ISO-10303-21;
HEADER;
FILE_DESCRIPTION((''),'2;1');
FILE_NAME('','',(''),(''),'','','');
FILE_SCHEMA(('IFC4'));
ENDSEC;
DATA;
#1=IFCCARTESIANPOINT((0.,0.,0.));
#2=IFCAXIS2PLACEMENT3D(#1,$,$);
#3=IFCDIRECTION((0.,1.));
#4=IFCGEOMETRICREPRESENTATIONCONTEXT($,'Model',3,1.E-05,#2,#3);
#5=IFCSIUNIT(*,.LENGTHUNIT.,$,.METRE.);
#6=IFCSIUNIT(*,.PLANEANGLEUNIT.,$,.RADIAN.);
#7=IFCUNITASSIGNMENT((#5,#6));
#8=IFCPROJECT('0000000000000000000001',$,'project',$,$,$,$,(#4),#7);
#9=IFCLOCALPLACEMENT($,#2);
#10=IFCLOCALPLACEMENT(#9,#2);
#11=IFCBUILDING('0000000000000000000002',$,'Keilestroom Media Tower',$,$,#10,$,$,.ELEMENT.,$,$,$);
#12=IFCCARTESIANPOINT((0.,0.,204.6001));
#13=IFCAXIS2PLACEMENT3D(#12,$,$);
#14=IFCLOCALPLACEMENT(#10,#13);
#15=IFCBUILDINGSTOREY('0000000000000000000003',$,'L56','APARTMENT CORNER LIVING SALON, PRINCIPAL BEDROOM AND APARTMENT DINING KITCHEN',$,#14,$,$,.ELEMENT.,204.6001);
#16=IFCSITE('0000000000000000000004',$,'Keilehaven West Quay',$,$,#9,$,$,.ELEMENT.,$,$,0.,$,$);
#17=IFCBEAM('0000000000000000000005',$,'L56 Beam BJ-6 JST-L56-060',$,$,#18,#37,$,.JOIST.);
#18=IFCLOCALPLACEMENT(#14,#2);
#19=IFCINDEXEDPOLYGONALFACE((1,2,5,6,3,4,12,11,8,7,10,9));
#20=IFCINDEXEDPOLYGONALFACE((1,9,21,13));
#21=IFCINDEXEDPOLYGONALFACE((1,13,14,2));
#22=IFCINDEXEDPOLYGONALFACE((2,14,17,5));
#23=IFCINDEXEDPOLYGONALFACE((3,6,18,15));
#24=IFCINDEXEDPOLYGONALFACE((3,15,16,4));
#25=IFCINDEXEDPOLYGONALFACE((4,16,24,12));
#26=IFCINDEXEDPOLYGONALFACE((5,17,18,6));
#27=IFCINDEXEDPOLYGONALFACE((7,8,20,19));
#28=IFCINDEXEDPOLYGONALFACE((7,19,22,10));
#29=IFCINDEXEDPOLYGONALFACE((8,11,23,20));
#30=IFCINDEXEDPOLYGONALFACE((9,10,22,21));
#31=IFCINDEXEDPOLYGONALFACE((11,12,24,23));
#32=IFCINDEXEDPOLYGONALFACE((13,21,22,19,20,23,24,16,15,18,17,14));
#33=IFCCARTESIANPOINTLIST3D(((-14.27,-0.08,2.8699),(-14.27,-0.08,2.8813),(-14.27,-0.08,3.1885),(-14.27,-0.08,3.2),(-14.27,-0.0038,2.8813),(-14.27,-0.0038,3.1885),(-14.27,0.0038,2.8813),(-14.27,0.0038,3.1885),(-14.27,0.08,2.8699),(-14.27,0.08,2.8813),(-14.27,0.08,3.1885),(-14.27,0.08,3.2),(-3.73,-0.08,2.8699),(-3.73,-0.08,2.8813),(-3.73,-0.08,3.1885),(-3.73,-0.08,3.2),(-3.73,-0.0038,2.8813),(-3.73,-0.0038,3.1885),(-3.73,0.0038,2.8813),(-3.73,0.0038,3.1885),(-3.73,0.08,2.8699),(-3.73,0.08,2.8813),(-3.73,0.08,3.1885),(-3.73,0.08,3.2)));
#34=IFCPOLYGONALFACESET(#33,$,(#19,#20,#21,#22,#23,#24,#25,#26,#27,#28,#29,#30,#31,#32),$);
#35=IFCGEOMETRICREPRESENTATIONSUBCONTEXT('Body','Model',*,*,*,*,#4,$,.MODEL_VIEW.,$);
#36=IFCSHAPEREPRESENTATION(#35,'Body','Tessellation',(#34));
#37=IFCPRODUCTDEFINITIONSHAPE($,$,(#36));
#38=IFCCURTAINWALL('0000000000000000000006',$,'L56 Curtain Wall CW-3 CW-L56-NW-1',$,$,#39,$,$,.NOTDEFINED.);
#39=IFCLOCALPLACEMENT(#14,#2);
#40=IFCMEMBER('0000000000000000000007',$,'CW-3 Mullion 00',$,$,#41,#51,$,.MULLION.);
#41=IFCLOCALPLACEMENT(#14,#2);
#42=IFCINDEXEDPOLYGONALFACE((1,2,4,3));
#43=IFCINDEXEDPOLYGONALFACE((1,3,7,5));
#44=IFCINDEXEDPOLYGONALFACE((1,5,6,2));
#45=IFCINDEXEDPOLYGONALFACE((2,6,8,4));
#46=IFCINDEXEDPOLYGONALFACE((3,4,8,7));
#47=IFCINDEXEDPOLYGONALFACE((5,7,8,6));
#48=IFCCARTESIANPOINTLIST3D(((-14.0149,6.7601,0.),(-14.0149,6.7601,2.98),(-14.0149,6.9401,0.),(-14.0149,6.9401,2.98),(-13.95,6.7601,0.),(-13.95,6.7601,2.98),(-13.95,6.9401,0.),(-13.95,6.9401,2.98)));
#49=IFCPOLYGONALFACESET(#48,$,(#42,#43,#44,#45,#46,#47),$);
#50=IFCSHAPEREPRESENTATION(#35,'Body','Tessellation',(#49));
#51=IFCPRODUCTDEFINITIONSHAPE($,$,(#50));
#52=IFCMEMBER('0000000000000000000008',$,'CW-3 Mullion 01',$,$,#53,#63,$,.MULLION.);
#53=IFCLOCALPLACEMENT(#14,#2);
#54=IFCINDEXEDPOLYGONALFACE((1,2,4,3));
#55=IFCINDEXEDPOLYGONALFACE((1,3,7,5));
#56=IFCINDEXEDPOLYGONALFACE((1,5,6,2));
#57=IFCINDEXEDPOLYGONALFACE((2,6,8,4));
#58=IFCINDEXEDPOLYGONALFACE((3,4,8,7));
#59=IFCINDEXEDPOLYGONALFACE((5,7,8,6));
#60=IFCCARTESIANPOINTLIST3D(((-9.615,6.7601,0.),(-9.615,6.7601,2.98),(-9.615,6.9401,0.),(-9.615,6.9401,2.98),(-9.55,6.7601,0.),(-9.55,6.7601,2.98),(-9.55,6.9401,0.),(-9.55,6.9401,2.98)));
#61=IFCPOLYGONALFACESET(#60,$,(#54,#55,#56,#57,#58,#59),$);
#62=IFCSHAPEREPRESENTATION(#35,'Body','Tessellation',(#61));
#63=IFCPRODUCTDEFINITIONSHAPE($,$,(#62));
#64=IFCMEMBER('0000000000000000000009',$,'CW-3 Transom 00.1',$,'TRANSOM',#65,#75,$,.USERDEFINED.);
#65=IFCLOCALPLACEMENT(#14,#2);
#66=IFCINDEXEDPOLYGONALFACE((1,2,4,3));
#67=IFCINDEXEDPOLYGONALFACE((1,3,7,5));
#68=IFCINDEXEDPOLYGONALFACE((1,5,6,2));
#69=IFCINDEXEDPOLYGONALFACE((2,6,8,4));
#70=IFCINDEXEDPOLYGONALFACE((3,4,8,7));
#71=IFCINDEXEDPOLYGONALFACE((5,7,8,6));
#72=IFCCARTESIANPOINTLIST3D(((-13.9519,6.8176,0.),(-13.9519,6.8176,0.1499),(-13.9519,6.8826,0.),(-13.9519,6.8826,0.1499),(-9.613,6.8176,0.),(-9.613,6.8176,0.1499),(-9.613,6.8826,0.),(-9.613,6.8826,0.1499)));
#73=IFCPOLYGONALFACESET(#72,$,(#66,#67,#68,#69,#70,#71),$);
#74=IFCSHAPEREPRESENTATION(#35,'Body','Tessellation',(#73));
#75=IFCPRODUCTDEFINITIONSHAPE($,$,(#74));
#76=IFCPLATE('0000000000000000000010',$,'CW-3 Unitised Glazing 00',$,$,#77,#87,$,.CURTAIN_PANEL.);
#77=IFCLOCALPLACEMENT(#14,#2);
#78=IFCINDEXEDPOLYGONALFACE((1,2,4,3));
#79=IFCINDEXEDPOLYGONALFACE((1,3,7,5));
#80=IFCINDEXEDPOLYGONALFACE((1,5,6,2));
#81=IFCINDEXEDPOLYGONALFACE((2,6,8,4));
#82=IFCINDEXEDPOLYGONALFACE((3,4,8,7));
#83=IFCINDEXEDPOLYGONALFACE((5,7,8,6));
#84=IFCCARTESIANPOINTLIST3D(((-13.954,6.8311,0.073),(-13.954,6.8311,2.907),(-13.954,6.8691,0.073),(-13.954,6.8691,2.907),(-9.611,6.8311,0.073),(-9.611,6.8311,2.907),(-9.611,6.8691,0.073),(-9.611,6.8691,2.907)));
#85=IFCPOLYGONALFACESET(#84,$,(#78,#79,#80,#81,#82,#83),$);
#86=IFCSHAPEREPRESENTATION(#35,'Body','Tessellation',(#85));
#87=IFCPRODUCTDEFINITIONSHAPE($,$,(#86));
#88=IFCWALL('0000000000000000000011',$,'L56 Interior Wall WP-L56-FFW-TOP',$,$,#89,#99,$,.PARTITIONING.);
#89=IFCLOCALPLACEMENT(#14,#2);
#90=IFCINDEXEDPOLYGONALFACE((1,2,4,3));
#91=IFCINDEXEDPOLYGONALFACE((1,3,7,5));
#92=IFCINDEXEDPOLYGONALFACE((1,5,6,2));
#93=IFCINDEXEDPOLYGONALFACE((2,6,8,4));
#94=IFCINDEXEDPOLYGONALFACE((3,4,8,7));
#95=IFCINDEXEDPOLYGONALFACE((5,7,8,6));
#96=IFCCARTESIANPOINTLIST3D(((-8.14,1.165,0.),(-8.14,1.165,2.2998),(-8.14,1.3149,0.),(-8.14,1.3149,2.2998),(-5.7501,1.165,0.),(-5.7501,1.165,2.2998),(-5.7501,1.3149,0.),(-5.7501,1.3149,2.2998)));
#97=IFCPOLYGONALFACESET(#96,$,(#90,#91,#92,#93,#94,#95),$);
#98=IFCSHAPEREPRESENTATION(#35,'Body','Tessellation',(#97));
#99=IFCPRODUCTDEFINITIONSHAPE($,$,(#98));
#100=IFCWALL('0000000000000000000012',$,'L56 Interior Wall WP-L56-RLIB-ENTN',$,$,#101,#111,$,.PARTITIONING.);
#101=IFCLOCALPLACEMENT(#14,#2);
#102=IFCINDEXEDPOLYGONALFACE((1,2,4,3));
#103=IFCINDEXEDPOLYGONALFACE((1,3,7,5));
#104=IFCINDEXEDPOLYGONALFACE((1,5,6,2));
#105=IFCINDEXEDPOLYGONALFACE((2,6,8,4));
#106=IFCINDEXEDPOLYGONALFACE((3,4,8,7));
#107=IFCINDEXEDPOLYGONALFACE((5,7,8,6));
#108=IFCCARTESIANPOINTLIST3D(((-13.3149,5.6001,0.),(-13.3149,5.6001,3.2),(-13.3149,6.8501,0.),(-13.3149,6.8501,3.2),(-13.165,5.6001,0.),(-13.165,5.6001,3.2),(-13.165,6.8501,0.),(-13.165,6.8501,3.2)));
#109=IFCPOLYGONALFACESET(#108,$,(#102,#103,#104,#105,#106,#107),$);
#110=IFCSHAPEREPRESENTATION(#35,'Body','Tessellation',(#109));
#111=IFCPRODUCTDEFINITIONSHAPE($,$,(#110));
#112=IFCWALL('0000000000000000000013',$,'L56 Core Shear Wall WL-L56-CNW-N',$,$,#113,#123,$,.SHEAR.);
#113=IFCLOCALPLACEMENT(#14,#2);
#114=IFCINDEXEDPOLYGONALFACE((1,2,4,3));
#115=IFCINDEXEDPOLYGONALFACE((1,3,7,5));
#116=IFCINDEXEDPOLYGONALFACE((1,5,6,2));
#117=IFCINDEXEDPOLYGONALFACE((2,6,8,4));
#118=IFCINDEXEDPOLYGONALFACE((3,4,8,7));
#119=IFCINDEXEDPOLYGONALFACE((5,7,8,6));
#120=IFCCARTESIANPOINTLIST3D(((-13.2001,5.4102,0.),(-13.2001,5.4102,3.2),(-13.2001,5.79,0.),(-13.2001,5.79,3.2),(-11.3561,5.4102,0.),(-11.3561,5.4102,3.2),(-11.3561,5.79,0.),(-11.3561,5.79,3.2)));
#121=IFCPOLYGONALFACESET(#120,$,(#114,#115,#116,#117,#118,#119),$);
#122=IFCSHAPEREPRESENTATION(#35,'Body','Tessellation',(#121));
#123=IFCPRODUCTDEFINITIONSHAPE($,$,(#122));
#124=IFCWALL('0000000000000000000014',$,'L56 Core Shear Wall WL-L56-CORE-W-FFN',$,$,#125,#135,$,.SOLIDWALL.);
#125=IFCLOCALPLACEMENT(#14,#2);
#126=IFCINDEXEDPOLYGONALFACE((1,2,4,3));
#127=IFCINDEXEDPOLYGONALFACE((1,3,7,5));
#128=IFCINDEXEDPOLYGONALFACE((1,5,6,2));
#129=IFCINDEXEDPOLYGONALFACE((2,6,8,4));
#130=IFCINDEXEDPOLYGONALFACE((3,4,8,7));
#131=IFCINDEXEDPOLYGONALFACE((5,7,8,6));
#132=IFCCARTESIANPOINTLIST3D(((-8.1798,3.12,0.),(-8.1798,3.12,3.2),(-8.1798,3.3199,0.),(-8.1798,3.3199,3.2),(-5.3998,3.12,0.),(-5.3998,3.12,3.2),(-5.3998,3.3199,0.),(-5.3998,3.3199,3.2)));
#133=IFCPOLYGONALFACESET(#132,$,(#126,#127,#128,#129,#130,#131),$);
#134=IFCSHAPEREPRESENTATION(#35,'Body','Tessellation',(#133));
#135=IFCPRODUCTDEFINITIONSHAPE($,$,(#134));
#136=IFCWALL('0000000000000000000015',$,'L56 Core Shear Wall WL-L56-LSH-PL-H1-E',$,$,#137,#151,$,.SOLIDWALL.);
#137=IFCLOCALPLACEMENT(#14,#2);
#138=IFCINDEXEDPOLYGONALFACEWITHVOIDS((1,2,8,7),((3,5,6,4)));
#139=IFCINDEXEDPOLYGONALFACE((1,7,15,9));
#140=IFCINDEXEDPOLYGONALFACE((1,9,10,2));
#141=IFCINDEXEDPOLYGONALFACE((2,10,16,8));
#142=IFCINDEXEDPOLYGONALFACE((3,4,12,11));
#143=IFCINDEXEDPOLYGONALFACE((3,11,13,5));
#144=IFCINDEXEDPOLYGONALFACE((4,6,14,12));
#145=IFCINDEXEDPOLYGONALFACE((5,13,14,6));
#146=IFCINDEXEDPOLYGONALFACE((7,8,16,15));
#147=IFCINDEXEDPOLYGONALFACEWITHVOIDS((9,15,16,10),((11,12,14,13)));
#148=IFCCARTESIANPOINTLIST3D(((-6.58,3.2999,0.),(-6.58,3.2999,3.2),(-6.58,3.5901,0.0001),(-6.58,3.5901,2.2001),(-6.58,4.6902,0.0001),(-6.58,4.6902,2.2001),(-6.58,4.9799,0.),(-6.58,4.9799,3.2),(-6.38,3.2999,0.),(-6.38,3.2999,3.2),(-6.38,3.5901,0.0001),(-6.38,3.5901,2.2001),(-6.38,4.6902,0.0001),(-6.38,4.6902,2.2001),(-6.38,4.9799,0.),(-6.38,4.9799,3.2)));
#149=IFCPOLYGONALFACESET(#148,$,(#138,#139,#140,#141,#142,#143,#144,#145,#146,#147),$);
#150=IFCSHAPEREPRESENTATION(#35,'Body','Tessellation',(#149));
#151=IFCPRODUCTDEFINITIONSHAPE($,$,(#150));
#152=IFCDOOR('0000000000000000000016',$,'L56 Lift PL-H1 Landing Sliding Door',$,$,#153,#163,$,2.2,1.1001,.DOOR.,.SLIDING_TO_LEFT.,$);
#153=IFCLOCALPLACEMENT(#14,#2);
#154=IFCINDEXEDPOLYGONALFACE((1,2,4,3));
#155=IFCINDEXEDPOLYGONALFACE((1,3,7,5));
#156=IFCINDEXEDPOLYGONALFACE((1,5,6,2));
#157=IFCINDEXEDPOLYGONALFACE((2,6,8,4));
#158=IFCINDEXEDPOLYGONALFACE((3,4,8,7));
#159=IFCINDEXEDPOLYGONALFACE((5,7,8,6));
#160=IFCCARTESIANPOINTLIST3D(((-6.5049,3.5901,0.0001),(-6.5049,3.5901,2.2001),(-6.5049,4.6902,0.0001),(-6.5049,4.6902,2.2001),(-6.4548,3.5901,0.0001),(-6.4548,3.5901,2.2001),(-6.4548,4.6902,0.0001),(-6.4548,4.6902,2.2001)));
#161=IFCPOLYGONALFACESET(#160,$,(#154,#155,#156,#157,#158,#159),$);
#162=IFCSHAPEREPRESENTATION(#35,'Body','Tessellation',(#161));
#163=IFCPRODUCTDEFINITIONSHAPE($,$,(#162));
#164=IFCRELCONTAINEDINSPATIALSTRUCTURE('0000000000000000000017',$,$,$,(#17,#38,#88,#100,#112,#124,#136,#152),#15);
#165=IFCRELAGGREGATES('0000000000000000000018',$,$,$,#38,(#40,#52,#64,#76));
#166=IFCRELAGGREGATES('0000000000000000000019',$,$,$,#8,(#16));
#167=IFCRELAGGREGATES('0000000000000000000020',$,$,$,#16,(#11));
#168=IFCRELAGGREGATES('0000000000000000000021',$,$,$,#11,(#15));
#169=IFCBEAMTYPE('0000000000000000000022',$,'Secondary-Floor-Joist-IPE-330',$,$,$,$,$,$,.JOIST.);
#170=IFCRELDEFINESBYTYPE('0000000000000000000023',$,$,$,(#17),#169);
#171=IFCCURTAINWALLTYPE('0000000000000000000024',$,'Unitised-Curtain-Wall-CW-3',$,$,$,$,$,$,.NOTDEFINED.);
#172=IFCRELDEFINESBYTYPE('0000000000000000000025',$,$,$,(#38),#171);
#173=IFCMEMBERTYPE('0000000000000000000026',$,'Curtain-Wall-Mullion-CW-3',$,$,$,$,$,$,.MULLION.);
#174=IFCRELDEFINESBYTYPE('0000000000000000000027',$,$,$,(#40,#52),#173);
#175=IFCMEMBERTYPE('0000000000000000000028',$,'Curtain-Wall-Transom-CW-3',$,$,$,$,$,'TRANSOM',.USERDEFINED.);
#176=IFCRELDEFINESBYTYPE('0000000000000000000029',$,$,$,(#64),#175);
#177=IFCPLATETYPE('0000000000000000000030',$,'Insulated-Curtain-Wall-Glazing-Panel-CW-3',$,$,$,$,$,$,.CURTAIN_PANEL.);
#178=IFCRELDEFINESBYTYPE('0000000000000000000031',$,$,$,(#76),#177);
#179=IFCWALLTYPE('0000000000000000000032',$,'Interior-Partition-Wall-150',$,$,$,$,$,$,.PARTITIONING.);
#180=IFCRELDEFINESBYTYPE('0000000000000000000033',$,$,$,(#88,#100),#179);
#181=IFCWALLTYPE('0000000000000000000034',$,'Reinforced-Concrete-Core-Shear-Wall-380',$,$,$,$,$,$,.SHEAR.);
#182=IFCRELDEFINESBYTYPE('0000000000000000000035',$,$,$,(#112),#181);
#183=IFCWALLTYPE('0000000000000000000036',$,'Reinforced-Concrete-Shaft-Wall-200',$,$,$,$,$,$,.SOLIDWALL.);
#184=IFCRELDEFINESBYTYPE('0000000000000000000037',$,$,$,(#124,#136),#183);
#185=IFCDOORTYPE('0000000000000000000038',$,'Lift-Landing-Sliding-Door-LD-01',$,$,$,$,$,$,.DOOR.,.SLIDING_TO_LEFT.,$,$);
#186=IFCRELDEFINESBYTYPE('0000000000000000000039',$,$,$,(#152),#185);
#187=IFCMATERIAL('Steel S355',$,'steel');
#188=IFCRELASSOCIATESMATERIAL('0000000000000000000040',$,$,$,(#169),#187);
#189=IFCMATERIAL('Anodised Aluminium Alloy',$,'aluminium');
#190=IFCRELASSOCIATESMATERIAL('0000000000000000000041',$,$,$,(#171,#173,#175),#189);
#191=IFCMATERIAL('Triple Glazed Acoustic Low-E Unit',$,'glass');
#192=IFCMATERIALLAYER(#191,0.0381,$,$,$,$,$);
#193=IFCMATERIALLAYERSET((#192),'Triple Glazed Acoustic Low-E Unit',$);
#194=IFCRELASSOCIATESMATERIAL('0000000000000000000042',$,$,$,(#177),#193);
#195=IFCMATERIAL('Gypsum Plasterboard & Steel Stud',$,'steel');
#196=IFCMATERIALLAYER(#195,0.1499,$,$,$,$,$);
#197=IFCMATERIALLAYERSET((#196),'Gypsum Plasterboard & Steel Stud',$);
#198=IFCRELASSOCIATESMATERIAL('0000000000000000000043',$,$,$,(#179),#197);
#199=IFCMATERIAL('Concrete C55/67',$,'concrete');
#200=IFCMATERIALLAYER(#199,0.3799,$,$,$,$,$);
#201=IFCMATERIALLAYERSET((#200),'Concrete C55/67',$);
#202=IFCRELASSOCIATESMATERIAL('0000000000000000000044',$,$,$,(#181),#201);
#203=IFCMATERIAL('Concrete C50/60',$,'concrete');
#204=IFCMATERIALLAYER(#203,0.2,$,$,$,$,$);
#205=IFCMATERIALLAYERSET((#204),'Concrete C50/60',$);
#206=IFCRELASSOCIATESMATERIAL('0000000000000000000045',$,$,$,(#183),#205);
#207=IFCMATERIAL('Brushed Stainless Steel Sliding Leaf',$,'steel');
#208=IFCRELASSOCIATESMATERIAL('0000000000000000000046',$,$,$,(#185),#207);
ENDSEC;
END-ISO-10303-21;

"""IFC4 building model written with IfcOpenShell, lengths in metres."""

from ifc_helpers import new_model, si_unit, direction, frame, frame_2d, origin, origin_2d, place, context, subcontext, project, spatial, rectangle, i_section, extrude, source, transform, mapped, material, layer, layer_set, material_profile, profile_set, type_object, element, fill, aggregate, save


model = new_model("IFC4")

# Units and contexts
model_context = context("Model", 3, precision=1e-05, world=origin(), true_north=direction((0.0, 1.0)))
body_context = subcontext(model_context, "Body", "Model", "MODEL_VIEW")
ifc_project = project(units=[si_unit("LENGTHUNIT", "METRE"), si_unit("PLANEANGLEUNIT", "RADIAN")], contexts=[model_context])

# Site, building, storey
site_placement = place(None, origin())
site = spatial("IfcSite", under=ifc_project, at=site_placement, Name="Keilehaven West Quay", CompositionType="ELEMENT", RefElevation=0.0)
building_placement = place(site_placement, origin())
building = spatial("IfcBuilding", under=site, at=building_placement, Name="Keilestroom Media Tower", CompositionType="ELEMENT")
storey_placement = place(building_placement, frame((0.0, 0.0, 204.6001)))
storey = spatial("IfcBuildingStorey", under=building, at=storey_placement, Name="L56", Description="APARTMENT CORNER LIVING SALON, PRINCIPAL BEDROOM AND APARTMENT DINING KITCHEN", CompositionType="ELEMENT", Elevation=204.6001)

# Beam
ifc_material_1 = material(Name="Steel S355", Category="steel")
ifc_material_profile_1 = material_profile(ifc_material_1, i_section(OverallWidth=0.1599, OverallDepth=0.3301, WebThickness=0.0076, FlangeThickness=0.0115, at=origin_2d()), Name="IPE 330")
ifc_profile_set_1 = profile_set([ifc_material_profile_1], Name="Steel S355")
beam_type = type_object("IfcBeamType", Name="Secondary-Floor-Joist-IPE-330", PredefinedType="JOIST", material=ifc_profile_set_1)
shared_shape_1 = source(origin(), body_context, "Body", "SweptSolid", [
    extrude(i_section(OverallWidth=0.1599, OverallDepth=0.3301, WebThickness=0.0076, FlangeThickness=0.0115, at=origin_2d()), origin(), (0.0, 0.0, 1.0), 10.54),
])
beam_placement = place(storey_placement, frame((-14.27, 0.0, 3.0349), z_axis=(1.0, 0.0, 0.0), x_axis=(0.0, 1.0, 0.0)))
element("IfcBeam", 1, at=beam_placement, inside=storey, type_object=beam_type, Name="L56 Beam BJ-6 JST-L56-060", PredefinedType="JOIST", context=body_context, shape_type="MappedRepresentation", body=[
    mapped(shared_shape_1, transform((0.0, 0.0, 0.0), x_axis=(1.0, 0.0, 0.0), y_axis=(0.0, 1.0, 0.0), z_axis=(0.0, 0.0, 1.0), scale=1.0)),
])

# Curtain wall, members, plate
ifc_material_2 = material(Name="Anodised Aluminium Alloy", Category="aluminium")
curtain_wall_type = type_object("IfcCurtainWallType", Name="Unitised-Curtain-Wall-CW-3", PredefinedType="NOTDEFINED", material=ifc_material_2)
curtain_wall_placement = place(storey_placement, origin())
curtain_wall = element("IfcCurtainWall", 2, at=curtain_wall_placement, inside=storey, type_object=curtain_wall_type, Name="L56 Curtain Wall CW-3 CW-L56-NW-1", PredefinedType="NOTDEFINED")
ifc_material_profile_2 = material_profile(ifc_material_2, rectangle(XDim=0.0649, YDim=0.1799, at=origin_2d()), Name="ALU MULLION 65x180")
ifc_profile_set_2 = profile_set([ifc_material_profile_2], Name="Anodised Aluminium Alloy")
member_type_1 = type_object("IfcMemberType", Name="Curtain-Wall-Mullion-CW-3", PredefinedType="MULLION", material=ifc_profile_set_2)
shared_shape_2 = source(origin(), body_context, "Body", "SweptSolid", [
    extrude(rectangle(XDim=0.0649, YDim=0.1799, at=origin_2d()), origin(), (0.0, 0.0, 1.0), 2.98),
])
member_1_placement = place(storey_placement, frame((-13.9824, 6.8501, 0.0), z_axis=(0.0, 0.0, 1.0), x_axis=(1.0, 0.0, 0.0)))
member_1 = element("IfcMember", 3, at=member_1_placement, type_object=member_type_1, Name="CW-3 Mullion 00", PredefinedType="MULLION", context=body_context, shape_type="MappedRepresentation", body=[
    mapped(shared_shape_2, transform((0.0, 0.0, 0.0), x_axis=(1.0, 0.0, 0.0), y_axis=(0.0, 1.0, 0.0), z_axis=(0.0, 0.0, 1.0), scale=1.0)),
])
member_2_placement = place(storey_placement, frame((-9.5825, 6.8501, 0.0), z_axis=(0.0, 0.0, 1.0), x_axis=(1.0, 0.0, 0.0)))
member_2 = element("IfcMember", 4, at=member_2_placement, type_object=member_type_1, Name="CW-3 Mullion 01", PredefinedType="MULLION", context=body_context, shape_type="MappedRepresentation", body=[
    mapped(shared_shape_2, transform((0.0, 0.0, 0.0), x_axis=(1.0, 0.0, 0.0), y_axis=(0.0, 1.0, 0.0), z_axis=(0.0, 0.0, 1.0), scale=1.0)),
])
ifc_material_profile_3 = material_profile(ifc_material_2, rectangle(XDim=0.0649, YDim=0.1499, at=origin_2d()), Name="ALU TRANSOM 65x150")
ifc_profile_set_3 = profile_set([ifc_material_profile_3], Name="Anodised Aluminium Alloy")
member_type_2 = type_object("IfcMemberType", Name="Curtain-Wall-Transom-CW-3", ElementType="TRANSOM", PredefinedType="USERDEFINED", material=ifc_profile_set_3)
shared_shape_3 = source(origin(), body_context, "Body", "SweptSolid", [
    extrude(rectangle(XDim=0.0649, YDim=0.1499, at=origin_2d()), origin(), (0.0, 0.0, 1.0), 4.3389),
])
member_3_placement = place(storey_placement, frame((-13.9519, 6.8501, 0.075), z_axis=(1.0, 0.0, 0.0), x_axis=(0.0, 1.0, 0.0)))
member_3 = element("IfcMember", 5, at=member_3_placement, type_object=member_type_2, Name="CW-3 Transom 00.1", ObjectType="TRANSOM", PredefinedType="USERDEFINED", context=body_context, shape_type="MappedRepresentation", body=[
    mapped(shared_shape_3, transform((0.0, 0.0, 0.0), x_axis=(1.0, 0.0, 0.0), y_axis=(0.0, 1.0, 0.0), z_axis=(0.0, 0.0, 1.0), scale=1.0)),
])
ifc_material_3 = material(Name="Triple Glazed Acoustic Low-E Unit", Category="glass")
ifc_layer_1 = layer(ifc_material_3, 0.0381)
ifc_layer_set_1 = layer_set([ifc_layer_1], Name="Triple Glazed Acoustic Low-E Unit")
plate_type = type_object("IfcPlateType", Name="Insulated-Curtain-Wall-Glazing-Panel-CW-3", PredefinedType="CURTAIN_PANEL", material=ifc_layer_set_1)
shared_shape_4 = source(origin(), body_context, "Body", "SweptSolid", [
    extrude(rectangle(XDim=4.343, YDim=0.0381, at=origin_2d()), origin(), (0.0, 0.0, 1.0), 2.834),
])
plate_placement = place(storey_placement, frame((-11.7825, 6.8501, 0.073), z_axis=(0.0, 0.0, 1.0), x_axis=(1.0, 0.0, 0.0)))
plate = element("IfcPlate", 6, at=plate_placement, type_object=plate_type, Name="CW-3 Unitised Glazing 00", PredefinedType="CURTAIN_PANEL", context=body_context, shape_type="MappedRepresentation", body=[
    mapped(shared_shape_4, transform((0.0, 0.0, 0.0), x_axis=(1.0, 0.0, 0.0), y_axis=(0.0, 1.0, 0.0), z_axis=(0.0, 0.0, 1.0), scale=1.0)),
])
aggregate(curtain_wall, [member_1, member_2, member_3, plate])

# Walls
ifc_material_4 = material(Name="Gypsum Plasterboard & Steel Stud", Category="steel")
ifc_layer_2 = layer(ifc_material_4, 0.1499)
ifc_layer_set_2 = layer_set([ifc_layer_2], Name="Gypsum Plasterboard & Steel Stud")
wall_type_1 = type_object("IfcWallType", Name="Interior-Partition-Wall-150", PredefinedType="PARTITIONING", material=ifc_layer_set_2)
wall_1_placement = place(storey_placement, frame((-8.1399, 1.24, 0.0), z_axis=(0.0, 0.0, 1.0), x_axis=(1.0, 0.0, 0.0)))
element("IfcWall", 7, at=wall_1_placement, inside=storey, type_object=wall_type_1, Name="L56 Interior Wall WP-L56-FFW-TOP", PredefinedType="PARTITIONING", context=body_context, shape_type="SweptSolid", body=[
    extrude(rectangle(XDim=2.3899, YDim=0.1499, at=frame_2d((1.1948, 0.0))), origin(), (0.0, 0.0, 1.0), 2.2998),
])
wall_2_placement = place(storey_placement, frame((-13.24, 5.6001, 0.0), z_axis=(0.0, 0.0, 1.0), x_axis=(0.0, 1.0, 0.0)))
element("IfcWall", 8, at=wall_2_placement, inside=storey, type_object=wall_type_1, Name="L56 Interior Wall WP-L56-RLIB-ENTN", PredefinedType="PARTITIONING", context=body_context, shape_type="SweptSolid", body=[
    extrude(rectangle(XDim=1.25, YDim=0.1499, at=frame_2d((0.625, 0.0))), origin(), (0.0, 0.0, 1.0), 3.2),
])
ifc_material_5 = material(Name="Concrete C55/67", Category="concrete")
ifc_layer_3 = layer(ifc_material_5, 0.3799)
ifc_layer_set_3 = layer_set([ifc_layer_3], Name="Concrete C55/67")
wall_type_2 = type_object("IfcWallType", Name="Reinforced-Concrete-Core-Shear-Wall-380", PredefinedType="SHEAR", material=ifc_layer_set_3)
wall_3_placement = place(storey_placement, frame((-13.2, 5.6001, 0.0), z_axis=(0.0, 0.0, 1.0), x_axis=(1.0, 0.0, 0.0)))
element("IfcWall", 9, at=wall_3_placement, inside=storey, type_object=wall_type_2, Name="L56 Core Shear Wall WL-L56-CNW-N", PredefinedType="SHEAR", context=body_context, shape_type="SweptSolid", body=[
    extrude(rectangle(XDim=1.844, YDim=0.3799, at=frame_2d((0.9219, 0.0))), origin(), (0.0, 0.0, 1.0), 3.2),
])
ifc_material_6 = material(Name="Concrete C50/60", Category="concrete")
ifc_layer_4 = layer(ifc_material_6, 0.2)
ifc_layer_set_4 = layer_set([ifc_layer_4], Name="Concrete C50/60")
wall_type_3 = type_object("IfcWallType", Name="Reinforced-Concrete-Shaft-Wall-200", PredefinedType="SOLIDWALL", material=ifc_layer_set_4)
wall_4_placement = place(storey_placement, frame((-8.1799, 3.22, 0.0), z_axis=(0.0, 0.0, 1.0), x_axis=(1.0, 0.0, 0.0)))
element("IfcWall", 10, at=wall_4_placement, inside=storey, type_object=wall_type_3, Name="L56 Core Shear Wall WL-L56-CORE-W-FFN", PredefinedType="SOLIDWALL", context=body_context, shape_type="SweptSolid", body=[
    extrude(rectangle(XDim=2.78, YDim=0.2, at=frame_2d((1.3901, 0.0))), origin(), (0.0, 0.0, 1.0), 3.2),
])

# Wall, opening, door
wall_5_placement = place(storey_placement, frame((-6.48, 3.3, 0.0), z_axis=(0.0, 0.0, 1.0), x_axis=(0.0, 1.0, 0.0)))
wall_5 = element("IfcWall", 11, at=wall_5_placement, inside=storey, type_object=wall_type_3, Name="L56 Core Shear Wall WL-L56-LSH-PL-H1-E", PredefinedType="SOLIDWALL", context=body_context, shape_type="SweptSolid", body=[
    extrude(rectangle(XDim=1.6799, YDim=0.2, at=frame_2d((0.8398, 0.0))), origin(), (0.0, 0.0, 1.0), 3.2),
])
opening_1_placement = place(wall_5_placement, frame((0.29, 0.0, 0.0)))
opening_1 = element("IfcOpeningElement", 12, at=opening_1_placement, cuts=wall_5, PredefinedType="OPENING", context=body_context, shape_type="SweptSolid", body=[
    extrude(rectangle(XDim=1.1001, YDim=2.2, at=frame_2d((0.55, 1.1001))), frame((0.0, 0.1099, 0.0), z_axis=(0.0, -1.0, 0.0), x_axis=(1.0, 0.0, 0.0)), (0.0, 0.0, 1.0), 0.22),
])
ifc_material_7 = material(Name="Brushed Stainless Steel Sliding Leaf", Category="steel")
door_type = type_object("IfcDoorType", Name="Lift-Landing-Sliding-Door-LD-01", OperationType="SLIDING_TO_LEFT", PredefinedType="DOOR", material=ifc_material_7)
shared_shape_5 = source(origin(), body_context, "Body", "SweptSolid", [
    extrude(rectangle(XDim=1.1001, YDim=2.2, at=frame_2d((0.55, 1.1001))), frame((0.0, 0.0249, 0.0), z_axis=(0.0, -1.0, 0.0), x_axis=(1.0, 0.0, 0.0)), (0.0, 0.0, 1.0), 0.05),
])
door_1_placement = place(opening_1_placement, origin())
door_1 = element("IfcDoor", 13, at=door_1_placement, inside=storey, type_object=door_type, Name="L56 Lift PL-H1 Landing Sliding Door", OperationType="SLIDING_TO_LEFT", OverallHeight=2.2, OverallWidth=1.1001, PredefinedType="DOOR", context=body_context, shape_type="MappedRepresentation", body=[
    mapped(shared_shape_5, transform((0.0, 0.0, 0.0), x_axis=(1.0, 0.0, 0.0), y_axis=(0.0, 1.0, 0.0), z_axis=(0.0, 0.0, 1.0), scale=1.0)),
])
fill(opening_1, door_1)

save(model, "model.ifc")
